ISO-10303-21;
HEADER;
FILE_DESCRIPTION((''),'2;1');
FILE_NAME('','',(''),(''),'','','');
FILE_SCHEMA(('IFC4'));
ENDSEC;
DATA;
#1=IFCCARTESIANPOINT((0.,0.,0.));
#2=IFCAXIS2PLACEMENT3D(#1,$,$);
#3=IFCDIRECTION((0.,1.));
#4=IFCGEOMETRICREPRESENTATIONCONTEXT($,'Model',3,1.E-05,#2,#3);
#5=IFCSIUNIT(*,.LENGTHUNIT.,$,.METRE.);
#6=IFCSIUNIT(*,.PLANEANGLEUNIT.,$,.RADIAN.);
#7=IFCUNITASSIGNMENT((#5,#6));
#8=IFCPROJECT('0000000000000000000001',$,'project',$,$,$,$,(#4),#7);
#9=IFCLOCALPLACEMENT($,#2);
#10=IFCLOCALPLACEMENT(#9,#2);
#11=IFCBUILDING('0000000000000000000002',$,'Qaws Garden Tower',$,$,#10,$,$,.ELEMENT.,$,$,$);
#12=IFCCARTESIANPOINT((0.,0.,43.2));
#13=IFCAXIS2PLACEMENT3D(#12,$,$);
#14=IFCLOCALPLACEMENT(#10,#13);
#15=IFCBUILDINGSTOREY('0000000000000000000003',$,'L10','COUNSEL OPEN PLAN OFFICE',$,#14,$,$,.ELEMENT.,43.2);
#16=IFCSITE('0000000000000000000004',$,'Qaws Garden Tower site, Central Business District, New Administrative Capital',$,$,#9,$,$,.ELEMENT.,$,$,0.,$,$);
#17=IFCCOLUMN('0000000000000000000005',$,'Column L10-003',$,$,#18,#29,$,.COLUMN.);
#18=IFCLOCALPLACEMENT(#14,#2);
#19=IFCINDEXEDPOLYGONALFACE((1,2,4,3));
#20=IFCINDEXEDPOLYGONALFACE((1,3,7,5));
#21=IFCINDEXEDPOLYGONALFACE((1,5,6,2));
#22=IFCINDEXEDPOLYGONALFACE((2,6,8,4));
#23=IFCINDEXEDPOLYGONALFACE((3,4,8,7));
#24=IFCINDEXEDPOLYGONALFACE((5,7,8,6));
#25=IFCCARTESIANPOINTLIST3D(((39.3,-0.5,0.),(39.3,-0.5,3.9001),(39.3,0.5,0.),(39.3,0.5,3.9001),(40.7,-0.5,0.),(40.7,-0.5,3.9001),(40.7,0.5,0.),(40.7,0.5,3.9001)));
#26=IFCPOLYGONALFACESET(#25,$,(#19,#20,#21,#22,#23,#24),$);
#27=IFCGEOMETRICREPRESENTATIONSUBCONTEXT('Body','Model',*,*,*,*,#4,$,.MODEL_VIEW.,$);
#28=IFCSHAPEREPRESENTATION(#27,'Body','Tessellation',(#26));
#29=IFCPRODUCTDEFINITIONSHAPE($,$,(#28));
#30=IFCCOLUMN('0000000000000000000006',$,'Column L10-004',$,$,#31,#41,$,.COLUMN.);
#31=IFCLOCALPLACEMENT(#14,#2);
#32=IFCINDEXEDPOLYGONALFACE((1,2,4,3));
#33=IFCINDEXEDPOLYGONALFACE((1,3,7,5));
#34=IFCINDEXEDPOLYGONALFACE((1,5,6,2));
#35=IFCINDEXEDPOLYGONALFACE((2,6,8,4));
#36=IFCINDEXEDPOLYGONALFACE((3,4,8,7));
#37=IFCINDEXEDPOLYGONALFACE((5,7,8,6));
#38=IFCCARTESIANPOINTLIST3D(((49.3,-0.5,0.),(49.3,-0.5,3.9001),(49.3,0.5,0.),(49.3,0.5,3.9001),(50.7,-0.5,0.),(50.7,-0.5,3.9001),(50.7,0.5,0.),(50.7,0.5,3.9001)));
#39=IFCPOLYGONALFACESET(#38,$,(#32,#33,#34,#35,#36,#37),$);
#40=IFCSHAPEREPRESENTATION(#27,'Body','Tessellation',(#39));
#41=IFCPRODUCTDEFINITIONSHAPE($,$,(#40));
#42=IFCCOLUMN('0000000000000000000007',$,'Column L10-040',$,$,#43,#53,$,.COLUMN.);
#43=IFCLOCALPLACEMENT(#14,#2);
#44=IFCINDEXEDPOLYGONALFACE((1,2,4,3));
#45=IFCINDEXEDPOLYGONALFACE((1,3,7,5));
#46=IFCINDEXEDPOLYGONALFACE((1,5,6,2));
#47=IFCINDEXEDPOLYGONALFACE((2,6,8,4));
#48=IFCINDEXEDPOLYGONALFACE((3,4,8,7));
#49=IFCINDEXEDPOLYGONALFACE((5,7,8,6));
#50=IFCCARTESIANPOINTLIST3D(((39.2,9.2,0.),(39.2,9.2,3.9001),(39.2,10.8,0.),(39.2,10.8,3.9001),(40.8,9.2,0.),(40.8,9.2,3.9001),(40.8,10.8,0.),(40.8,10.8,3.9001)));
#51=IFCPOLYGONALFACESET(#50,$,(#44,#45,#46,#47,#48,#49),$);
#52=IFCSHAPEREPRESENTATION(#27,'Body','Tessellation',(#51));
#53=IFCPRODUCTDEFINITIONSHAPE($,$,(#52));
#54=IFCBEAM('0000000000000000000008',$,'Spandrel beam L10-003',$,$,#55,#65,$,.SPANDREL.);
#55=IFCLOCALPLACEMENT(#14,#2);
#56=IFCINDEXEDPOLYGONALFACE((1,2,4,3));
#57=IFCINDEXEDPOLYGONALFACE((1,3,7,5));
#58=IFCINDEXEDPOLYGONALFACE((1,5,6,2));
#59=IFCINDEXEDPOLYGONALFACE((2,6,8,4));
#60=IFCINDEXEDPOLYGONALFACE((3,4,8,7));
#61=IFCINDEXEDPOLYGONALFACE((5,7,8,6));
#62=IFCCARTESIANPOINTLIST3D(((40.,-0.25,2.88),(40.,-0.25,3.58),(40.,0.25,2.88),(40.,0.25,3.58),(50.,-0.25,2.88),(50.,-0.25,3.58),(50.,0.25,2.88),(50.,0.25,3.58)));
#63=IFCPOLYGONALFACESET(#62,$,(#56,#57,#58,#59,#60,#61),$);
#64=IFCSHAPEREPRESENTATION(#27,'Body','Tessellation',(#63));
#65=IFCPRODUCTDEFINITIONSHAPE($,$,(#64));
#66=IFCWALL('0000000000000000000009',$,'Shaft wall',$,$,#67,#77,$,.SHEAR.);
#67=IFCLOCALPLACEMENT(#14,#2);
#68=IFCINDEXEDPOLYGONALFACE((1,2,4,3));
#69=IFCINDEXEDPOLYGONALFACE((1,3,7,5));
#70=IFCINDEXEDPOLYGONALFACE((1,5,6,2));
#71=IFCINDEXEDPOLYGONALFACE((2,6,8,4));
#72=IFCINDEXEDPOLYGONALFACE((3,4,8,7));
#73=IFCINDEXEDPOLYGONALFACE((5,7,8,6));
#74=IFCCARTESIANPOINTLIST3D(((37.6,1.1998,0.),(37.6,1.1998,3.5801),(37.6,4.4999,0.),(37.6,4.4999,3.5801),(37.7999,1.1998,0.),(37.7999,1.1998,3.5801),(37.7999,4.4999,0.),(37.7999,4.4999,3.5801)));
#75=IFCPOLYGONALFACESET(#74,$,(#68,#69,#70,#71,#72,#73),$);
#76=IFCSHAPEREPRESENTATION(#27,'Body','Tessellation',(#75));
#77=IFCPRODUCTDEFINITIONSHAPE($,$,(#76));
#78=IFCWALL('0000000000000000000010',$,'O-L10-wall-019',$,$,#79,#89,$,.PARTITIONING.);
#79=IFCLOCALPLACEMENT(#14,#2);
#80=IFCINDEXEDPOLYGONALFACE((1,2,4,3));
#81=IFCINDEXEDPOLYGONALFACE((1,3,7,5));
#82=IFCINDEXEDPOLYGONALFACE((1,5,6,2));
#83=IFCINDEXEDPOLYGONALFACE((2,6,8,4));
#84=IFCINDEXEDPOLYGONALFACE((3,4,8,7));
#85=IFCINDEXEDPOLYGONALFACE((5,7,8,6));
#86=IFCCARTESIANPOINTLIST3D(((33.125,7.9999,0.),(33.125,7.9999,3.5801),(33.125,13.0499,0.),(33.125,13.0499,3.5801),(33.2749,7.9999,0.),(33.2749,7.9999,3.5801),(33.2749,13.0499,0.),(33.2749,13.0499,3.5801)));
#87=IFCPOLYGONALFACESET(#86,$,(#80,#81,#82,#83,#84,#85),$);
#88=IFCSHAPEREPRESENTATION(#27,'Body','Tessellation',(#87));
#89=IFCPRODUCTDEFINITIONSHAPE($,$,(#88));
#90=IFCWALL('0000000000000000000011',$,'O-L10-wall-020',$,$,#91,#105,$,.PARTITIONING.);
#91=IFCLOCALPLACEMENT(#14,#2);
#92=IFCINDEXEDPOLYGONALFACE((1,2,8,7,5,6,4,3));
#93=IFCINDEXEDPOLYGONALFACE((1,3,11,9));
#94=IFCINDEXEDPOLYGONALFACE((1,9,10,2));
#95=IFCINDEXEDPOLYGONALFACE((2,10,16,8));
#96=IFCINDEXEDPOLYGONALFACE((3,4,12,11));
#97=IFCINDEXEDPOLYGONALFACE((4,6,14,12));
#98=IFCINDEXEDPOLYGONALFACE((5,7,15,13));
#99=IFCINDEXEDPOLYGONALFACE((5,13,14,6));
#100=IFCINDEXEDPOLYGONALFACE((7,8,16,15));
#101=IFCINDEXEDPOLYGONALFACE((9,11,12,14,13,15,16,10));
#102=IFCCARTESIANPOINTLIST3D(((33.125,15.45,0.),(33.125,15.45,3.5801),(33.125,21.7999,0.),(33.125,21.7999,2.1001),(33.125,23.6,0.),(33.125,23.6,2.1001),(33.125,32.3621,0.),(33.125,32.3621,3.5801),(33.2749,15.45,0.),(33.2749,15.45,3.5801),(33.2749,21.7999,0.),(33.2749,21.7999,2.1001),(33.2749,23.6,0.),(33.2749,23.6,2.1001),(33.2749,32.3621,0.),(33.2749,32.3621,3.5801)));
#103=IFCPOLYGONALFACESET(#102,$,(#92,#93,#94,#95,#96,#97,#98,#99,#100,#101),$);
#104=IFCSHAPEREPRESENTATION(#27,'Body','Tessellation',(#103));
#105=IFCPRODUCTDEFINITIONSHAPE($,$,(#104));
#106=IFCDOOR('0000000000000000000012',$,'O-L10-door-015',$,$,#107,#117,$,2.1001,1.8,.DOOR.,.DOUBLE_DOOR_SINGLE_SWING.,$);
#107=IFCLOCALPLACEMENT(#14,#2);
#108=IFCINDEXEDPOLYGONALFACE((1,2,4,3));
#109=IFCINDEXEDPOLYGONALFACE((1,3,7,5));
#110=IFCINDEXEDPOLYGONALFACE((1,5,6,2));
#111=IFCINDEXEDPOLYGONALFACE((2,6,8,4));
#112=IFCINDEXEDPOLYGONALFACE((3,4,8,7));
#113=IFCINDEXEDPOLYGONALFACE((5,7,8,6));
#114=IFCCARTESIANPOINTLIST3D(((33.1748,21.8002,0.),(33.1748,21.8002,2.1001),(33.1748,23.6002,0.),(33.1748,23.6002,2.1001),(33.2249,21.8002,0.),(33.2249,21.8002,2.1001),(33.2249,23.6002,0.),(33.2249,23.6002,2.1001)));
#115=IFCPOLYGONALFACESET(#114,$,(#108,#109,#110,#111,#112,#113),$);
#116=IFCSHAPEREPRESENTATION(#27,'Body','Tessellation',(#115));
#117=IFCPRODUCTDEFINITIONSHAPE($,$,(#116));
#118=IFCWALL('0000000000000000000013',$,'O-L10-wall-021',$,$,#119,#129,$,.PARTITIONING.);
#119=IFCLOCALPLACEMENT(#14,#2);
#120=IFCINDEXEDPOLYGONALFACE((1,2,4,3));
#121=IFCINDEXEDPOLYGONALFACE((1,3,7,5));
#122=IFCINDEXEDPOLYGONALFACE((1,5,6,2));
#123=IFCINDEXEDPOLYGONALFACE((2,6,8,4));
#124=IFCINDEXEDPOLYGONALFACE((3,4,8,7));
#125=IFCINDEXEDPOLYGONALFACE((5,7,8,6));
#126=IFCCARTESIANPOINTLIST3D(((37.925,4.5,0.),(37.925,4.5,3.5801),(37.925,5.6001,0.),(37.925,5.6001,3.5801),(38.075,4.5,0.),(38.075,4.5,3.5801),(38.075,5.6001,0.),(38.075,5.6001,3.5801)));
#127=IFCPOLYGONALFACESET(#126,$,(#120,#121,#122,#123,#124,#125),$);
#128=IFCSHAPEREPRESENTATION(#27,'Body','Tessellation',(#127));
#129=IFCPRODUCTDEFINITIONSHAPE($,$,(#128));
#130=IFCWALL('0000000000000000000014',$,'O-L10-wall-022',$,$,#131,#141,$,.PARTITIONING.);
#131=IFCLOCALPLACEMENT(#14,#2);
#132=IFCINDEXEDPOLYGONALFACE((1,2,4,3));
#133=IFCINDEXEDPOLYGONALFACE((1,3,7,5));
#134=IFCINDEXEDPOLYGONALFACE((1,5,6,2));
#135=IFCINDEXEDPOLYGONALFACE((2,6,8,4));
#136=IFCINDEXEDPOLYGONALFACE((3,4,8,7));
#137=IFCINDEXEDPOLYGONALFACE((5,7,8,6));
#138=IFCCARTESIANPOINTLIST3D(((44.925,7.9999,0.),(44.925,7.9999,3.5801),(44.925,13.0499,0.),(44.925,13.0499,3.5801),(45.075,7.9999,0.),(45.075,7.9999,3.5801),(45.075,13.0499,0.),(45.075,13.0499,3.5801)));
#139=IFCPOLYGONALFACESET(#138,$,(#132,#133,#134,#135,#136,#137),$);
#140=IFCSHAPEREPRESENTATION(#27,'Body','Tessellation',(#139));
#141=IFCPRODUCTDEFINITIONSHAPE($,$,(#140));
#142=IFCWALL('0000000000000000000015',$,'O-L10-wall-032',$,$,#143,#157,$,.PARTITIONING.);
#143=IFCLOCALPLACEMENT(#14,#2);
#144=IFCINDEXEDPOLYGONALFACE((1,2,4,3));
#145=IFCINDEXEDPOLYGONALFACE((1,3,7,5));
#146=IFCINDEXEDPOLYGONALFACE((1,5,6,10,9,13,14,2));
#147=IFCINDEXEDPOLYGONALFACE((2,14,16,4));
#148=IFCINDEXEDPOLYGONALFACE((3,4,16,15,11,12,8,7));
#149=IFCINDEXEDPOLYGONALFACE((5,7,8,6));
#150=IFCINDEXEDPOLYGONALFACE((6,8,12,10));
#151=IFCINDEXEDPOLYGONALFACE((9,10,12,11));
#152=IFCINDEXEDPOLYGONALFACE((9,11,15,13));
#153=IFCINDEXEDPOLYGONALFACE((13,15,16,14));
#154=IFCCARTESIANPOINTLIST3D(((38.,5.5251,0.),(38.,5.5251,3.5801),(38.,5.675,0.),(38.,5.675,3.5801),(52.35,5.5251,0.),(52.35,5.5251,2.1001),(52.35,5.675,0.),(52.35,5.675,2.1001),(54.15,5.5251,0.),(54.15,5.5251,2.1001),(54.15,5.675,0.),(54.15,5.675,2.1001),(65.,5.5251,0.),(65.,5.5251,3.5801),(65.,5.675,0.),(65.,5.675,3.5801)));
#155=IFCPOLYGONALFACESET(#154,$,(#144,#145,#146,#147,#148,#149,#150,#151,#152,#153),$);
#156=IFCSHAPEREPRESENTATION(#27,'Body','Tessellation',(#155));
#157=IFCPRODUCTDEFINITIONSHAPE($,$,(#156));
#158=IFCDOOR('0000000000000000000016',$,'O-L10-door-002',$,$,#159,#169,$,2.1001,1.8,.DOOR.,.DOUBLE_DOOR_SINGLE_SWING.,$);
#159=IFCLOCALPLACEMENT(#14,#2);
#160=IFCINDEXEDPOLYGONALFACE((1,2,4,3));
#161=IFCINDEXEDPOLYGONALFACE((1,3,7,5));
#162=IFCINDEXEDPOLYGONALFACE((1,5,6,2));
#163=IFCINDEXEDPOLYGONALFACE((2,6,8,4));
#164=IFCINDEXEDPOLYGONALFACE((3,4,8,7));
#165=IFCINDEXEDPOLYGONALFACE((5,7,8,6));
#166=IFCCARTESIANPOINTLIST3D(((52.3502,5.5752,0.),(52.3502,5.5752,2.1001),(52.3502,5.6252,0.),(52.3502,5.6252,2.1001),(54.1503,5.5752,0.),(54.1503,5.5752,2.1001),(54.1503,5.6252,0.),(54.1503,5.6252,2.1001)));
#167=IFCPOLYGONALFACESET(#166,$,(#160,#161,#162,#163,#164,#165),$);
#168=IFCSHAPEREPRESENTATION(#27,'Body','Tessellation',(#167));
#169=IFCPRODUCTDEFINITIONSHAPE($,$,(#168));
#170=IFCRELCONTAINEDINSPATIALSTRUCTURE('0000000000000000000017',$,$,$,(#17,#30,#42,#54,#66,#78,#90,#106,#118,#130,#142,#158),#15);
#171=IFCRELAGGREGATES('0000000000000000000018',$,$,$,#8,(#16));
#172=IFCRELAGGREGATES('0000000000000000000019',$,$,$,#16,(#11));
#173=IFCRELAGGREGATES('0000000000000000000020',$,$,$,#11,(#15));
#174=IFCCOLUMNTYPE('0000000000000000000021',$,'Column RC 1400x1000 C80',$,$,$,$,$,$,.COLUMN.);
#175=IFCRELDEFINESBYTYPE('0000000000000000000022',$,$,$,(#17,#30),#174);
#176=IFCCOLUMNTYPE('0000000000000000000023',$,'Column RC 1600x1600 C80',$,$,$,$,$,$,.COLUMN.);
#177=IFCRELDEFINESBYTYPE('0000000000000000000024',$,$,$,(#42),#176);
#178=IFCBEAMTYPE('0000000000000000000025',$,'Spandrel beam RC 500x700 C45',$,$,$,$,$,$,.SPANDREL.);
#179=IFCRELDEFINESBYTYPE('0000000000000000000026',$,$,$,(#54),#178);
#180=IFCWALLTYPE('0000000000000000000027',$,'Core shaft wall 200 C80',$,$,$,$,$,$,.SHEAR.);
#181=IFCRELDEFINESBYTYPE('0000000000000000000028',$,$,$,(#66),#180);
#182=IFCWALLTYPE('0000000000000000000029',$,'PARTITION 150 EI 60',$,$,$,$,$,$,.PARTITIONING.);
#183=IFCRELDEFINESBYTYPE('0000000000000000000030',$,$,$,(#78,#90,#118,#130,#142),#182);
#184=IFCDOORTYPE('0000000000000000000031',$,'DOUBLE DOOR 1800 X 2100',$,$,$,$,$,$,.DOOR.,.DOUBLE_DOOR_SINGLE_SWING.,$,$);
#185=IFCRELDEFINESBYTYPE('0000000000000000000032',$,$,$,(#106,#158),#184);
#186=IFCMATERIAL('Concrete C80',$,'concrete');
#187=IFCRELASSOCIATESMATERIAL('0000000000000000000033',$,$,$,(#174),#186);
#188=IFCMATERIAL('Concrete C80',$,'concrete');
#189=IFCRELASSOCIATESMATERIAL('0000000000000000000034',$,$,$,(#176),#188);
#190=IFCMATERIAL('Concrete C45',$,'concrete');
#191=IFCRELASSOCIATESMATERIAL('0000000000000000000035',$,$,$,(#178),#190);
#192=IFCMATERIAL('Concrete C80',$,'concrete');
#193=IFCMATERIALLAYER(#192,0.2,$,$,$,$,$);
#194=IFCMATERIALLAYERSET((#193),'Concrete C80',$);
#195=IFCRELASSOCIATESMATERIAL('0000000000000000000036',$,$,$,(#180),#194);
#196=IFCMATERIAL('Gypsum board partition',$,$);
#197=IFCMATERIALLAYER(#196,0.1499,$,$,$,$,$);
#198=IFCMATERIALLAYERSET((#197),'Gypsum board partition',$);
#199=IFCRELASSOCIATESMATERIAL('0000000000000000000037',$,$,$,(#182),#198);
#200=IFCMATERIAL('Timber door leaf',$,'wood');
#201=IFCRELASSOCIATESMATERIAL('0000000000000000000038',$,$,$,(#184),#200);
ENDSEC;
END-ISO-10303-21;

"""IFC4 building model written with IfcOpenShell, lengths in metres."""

from ifc_helpers import new_model, si_unit, direction, frame, frame_2d, origin, origin_2d, place, context, subcontext, project, spatial, rectangle, extrude, material, layer, layer_set, material_profile, profile_set, type_object, element, fill, save


model = new_model("IFC4")

# Units and contexts
model_context = context("Model", 3, precision=1e-05, world=origin(), true_north=direction((0.0, 1.0)))
body_context = subcontext(model_context, "Body", "Model", "MODEL_VIEW")
ifc_project = project(units=[si_unit("LENGTHUNIT", "METRE"), si_unit("PLANEANGLEUNIT", "RADIAN")], contexts=[model_context])

# Site, building, storey
site_placement = place(None, origin())
site = spatial("IfcSite", under=ifc_project, at=site_placement, Name="Qaws Garden Tower site, Central Business District, New Administrative Capital", CompositionType="ELEMENT", RefElevation=0.0)
building_placement = place(site_placement, origin())
building = spatial("IfcBuilding", under=site, at=building_placement, Name="Qaws Garden Tower", CompositionType="ELEMENT")
storey_placement = place(building_placement, frame((0.0, 0.0, 43.2)))
storey = spatial("IfcBuildingStorey", under=building, at=storey_placement, Name="L10", Description="COUNSEL OPEN PLAN OFFICE", CompositionType="ELEMENT", Elevation=43.2)

# Columns
ifc_material_1 = material(Name="Concrete C80", Category="concrete")
ifc_material_profile_1 = material_profile(ifc_material_1, rectangle(XDim=1.3999, YDim=1.0, at=origin_2d()), Name="RC 1400x1000")
ifc_profile_set_1 = profile_set([ifc_material_profile_1], Name="Concrete C80")
column_type_1 = type_object("IfcColumnType", Name="Column RC 1400x1000 C80", PredefinedType="COLUMN", material=ifc_profile_set_1)
for number, where, z_axis, x_axis, name in (
    (1, (40.0, 0.0, 0.0), (0.0, 0.0, 1.0), (1.0, 0.0, 0.0), "Column L10-003"),
    (2, (50.0, 0.0, 0.0), (0.0, 0.0, 1.0), (1.0, 0.0, 0.0), "Column L10-004"),
):
    element("IfcColumn", number, at=place(storey_placement, frame(where, z_axis=z_axis, x_axis=x_axis)), inside=storey, type_object=column_type_1, Name=name, PredefinedType="COLUMN", context=body_context, shape_type="SweptSolid", body=[
        extrude(rectangle(XDim=1.3999, YDim=1.0, at=origin_2d()), origin(), (0.0, 0.0, 1.0), 3.9001),
    ])
ifc_material_2 = material(Name="Concrete C80", Category="concrete")
ifc_material_profile_2 = material_profile(ifc_material_2, rectangle(XDim=1.6001, YDim=1.6001, at=origin_2d()), Name="RC 1600x1600")
ifc_profile_set_2 = profile_set([ifc_material_profile_2], Name="Concrete C80")
column_type_2 = type_object("IfcColumnType", Name="Column RC 1600x1600 C80", PredefinedType="COLUMN", material=ifc_profile_set_2)
column_placement = place(storey_placement, frame((40.0, 10.0, 0.0), z_axis=(0.0, 0.0, 1.0), x_axis=(1.0, 0.0, 0.0)))
element("IfcColumn", 3, at=column_placement, inside=storey, type_object=column_type_2, Name="Column L10-040", PredefinedType="COLUMN", context=body_context, shape_type="SweptSolid", body=[
    extrude(rectangle(XDim=1.6001, YDim=1.6001, at=origin_2d()), origin(), (0.0, 0.0, 1.0), 3.9001),
])

# Beam
ifc_material_3 = material(Name="Concrete C45", Category="concrete")
ifc_material_profile_3 = material_profile(ifc_material_3, rectangle(XDim=0.5, YDim=0.7, at=origin_2d()), Name="RC 500x700")
ifc_profile_set_3 = profile_set([ifc_material_profile_3], Name="Concrete C45")
beam_type = type_object("IfcBeamType", Name="Spandrel beam RC 500x700 C45", PredefinedType="SPANDREL", material=ifc_profile_set_3)
beam_placement = place(storey_placement, frame((40.0, 0.0, 3.23), z_axis=(1.0, 0.0, 0.0), x_axis=(0.0, 1.0, 0.0)))
element("IfcBeam", 4, at=beam_placement, inside=storey, type_object=beam_type, Name="Spandrel beam L10-003", PredefinedType="SPANDREL", context=body_context, shape_type="SweptSolid", body=[
    extrude(rectangle(XDim=0.5, YDim=0.7, at=origin_2d()), origin(), (0.0, 0.0, 1.0), 10.0),
])

# Walls
ifc_material_4 = material(Name="Concrete C80", Category="concrete")
ifc_layer_1 = layer(ifc_material_4, 0.2)
ifc_layer_set_1 = layer_set([ifc_layer_1], Name="Concrete C80")
wall_type_1 = type_object("IfcWallType", Name="Core shaft wall 200 C80", PredefinedType="SHEAR", material=ifc_layer_set_1)
wall_1_placement = place(storey_placement, frame((37.7, 1.2, 0.0), z_axis=(0.0, 0.0, 1.0), x_axis=(0.0, 1.0, 0.0)))
element("IfcWall", 5, at=wall_1_placement, inside=storey, type_object=wall_type_1, Name="Shaft wall", PredefinedType="SHEAR", context=body_context, shape_type="SweptSolid", body=[
    extrude(rectangle(XDim=3.3, YDim=0.2, at=frame_2d((1.6499, 0.0))), origin(), (0.0, 0.0, 1.0), 3.5801),
])
ifc_material_5 = material(Name="Gypsum board partition")
ifc_layer_2 = layer(ifc_material_5, 0.1499)
ifc_layer_set_2 = layer_set([ifc_layer_2], Name="Gypsum board partition")
wall_type_2 = type_object("IfcWallType", Name="PARTITION 150 EI 60", PredefinedType="PARTITIONING", material=ifc_layer_set_2)
wall_2_placement = place(storey_placement, frame((33.2, 8.0, 0.0), z_axis=(0.0, 0.0, 1.0), x_axis=(0.0, 1.0, 0.0)))
element("IfcWall", 6, at=wall_2_placement, inside=storey, type_object=wall_type_2, Name="O-L10-wall-019", PredefinedType="PARTITIONING", context=body_context, shape_type="SweptSolid", body=[
    extrude(rectangle(XDim=5.05, YDim=0.1499, at=frame_2d((2.5249, 0.0))), origin(), (0.0, 0.0, 1.0), 3.5801),
])

# Wall, opening, door
wall_3_placement = place(storey_placement, frame((33.2, 15.45, 0.0), z_axis=(0.0, 0.0, 1.0), x_axis=(0.0, 1.0, 0.0)))
wall_3 = element("IfcWall", 7, at=wall_3_placement, inside=storey, type_object=wall_type_2, Name="O-L10-wall-020", PredefinedType="PARTITIONING", context=body_context, shape_type="SweptSolid", body=[
    extrude(rectangle(XDim=16.9121, YDim=0.1499, at=frame_2d((8.4561, 0.0))), origin(), (0.0, 0.0, 1.0), 3.5801),
])
opening_1_placement = place(wall_3_placement, frame((6.3501, 0.0, 0.0)))
opening_1 = element("IfcOpeningElement", 8, at=opening_1_placement, cuts=wall_3, PredefinedType="OPENING", context=body_context, shape_type="SweptSolid", body=[
    extrude(rectangle(XDim=1.8, YDim=2.1001, at=frame_2d((0.8999, 1.05))), frame((0.0, 0.085, 0.0), z_axis=(0.0, -1.0, 0.0), x_axis=(1.0, 0.0, 0.0)), (0.0, 0.0, 1.0), 0.1699),
])
ifc_material_6 = material(Name="Timber door leaf", Category="wood")
door_type_1 = type_object("IfcDoorType", Name="DOUBLE DOOR 1800 X 2100", OperationType="DOUBLE_DOOR_SINGLE_SWING", PredefinedType="DOOR", material=ifc_material_6)
door_1_placement = place(opening_1_placement, frame((1.8, 0.0, 0.0), z_axis=(0.0, 0.0, 1.0), x_axis=(-1.0, 0.0, 0.0)))
door_1 = element("IfcDoor", 9, at=door_1_placement, inside=storey, type_object=door_type_1, Name="O-L10-door-015", OperationType="DOUBLE_DOOR_SINGLE_SWING", OverallHeight=2.1001, OverallWidth=1.8, PredefinedType="DOOR", context=body_context, shape_type="SweptSolid", body=[
    extrude(rectangle(XDim=1.8, YDim=2.1001, at=frame_2d((0.8999, 1.05))), frame((0.0, 0.0249, 0.0), z_axis=(0.0, -1.0, 0.0), x_axis=(1.0, 0.0, 0.0)), (0.0, 0.0, 1.0), 0.05),
])
fill(opening_1, door_1)

# Walls
wall_4_placement = place(storey_placement, frame((38.0, 4.5, 0.0), z_axis=(0.0, 0.0, 1.0), x_axis=(0.0, 1.0, 0.0)))
element("IfcWall", 10, at=wall_4_placement, inside=storey, type_object=wall_type_2, Name="O-L10-wall-021", PredefinedType="PARTITIONING", context=body_context, shape_type="SweptSolid", body=[
    extrude(rectangle(XDim=1.1001, YDim=0.1499, at=frame_2d((0.55, 0.0))), origin(), (0.0, 0.0, 1.0), 3.5801),
])
wall_5_placement = place(storey_placement, frame((45.0, 8.0, 0.0), z_axis=(0.0, 0.0, 1.0), x_axis=(0.0, 1.0, 0.0)))
element("IfcWall", 11, at=wall_5_placement, inside=storey, type_object=wall_type_2, Name="O-L10-wall-022", PredefinedType="PARTITIONING", context=body_context, shape_type="SweptSolid", body=[
    extrude(rectangle(XDim=5.05, YDim=0.1499, at=frame_2d((2.5249, 0.0))), origin(), (0.0, 0.0, 1.0), 3.5801),
])

# Wall, opening, door
wall_6_placement = place(storey_placement, frame((38.0, 5.6001, 0.0), z_axis=(0.0, 0.0, 1.0), x_axis=(1.0, 0.0, 0.0)))
wall_6 = element("IfcWall", 12, at=wall_6_placement, inside=storey, type_object=wall_type_2, Name="O-L10-wall-032", PredefinedType="PARTITIONING", context=body_context, shape_type="SweptSolid", body=[
    extrude(rectangle(XDim=27.0, YDim=0.1499, at=frame_2d((13.5, 0.0))), origin(), (0.0, 0.0, 1.0), 3.5801),
])
opening_2_placement = place(wall_6_placement, frame((14.3501, 0.0, 0.0)))
opening_2 = element("IfcOpeningElement", 13, at=opening_2_placement, cuts=wall_6, PredefinedType="OPENING", context=body_context, shape_type="SweptSolid", body=[
    extrude(rectangle(XDim=1.8, YDim=2.1001, at=frame_2d((0.8999, 1.05))), frame((0.0, 0.085, 0.0), z_axis=(0.0, -1.0, 0.0), x_axis=(1.0, 0.0, 0.0)), (0.0, 0.0, 1.0), 0.1699),
])
door_2_placement = place(opening_2_placement, frame((1.8, 0.0, 0.0), z_axis=(0.0, 0.0, 1.0), x_axis=(-1.0, 0.0, 0.0)))
door_2 = element("IfcDoor", 14, at=door_2_placement, inside=storey, type_object=door_type_1, Name="O-L10-door-002", OperationType="DOUBLE_DOOR_SINGLE_SWING", OverallHeight=2.1001, OverallWidth=1.8, PredefinedType="DOOR", context=body_context, shape_type="SweptSolid", body=[
    extrude(rectangle(XDim=1.8, YDim=2.1001, at=frame_2d((0.8999, 1.05))), frame((0.0, 0.0249, 0.0), z_axis=(0.0, -1.0, 0.0), x_axis=(1.0, 0.0, 0.0)), (0.0, 0.0, 1.0), 0.05),
])
fill(opening_2, door_2)

save(model, "model.ifc")
